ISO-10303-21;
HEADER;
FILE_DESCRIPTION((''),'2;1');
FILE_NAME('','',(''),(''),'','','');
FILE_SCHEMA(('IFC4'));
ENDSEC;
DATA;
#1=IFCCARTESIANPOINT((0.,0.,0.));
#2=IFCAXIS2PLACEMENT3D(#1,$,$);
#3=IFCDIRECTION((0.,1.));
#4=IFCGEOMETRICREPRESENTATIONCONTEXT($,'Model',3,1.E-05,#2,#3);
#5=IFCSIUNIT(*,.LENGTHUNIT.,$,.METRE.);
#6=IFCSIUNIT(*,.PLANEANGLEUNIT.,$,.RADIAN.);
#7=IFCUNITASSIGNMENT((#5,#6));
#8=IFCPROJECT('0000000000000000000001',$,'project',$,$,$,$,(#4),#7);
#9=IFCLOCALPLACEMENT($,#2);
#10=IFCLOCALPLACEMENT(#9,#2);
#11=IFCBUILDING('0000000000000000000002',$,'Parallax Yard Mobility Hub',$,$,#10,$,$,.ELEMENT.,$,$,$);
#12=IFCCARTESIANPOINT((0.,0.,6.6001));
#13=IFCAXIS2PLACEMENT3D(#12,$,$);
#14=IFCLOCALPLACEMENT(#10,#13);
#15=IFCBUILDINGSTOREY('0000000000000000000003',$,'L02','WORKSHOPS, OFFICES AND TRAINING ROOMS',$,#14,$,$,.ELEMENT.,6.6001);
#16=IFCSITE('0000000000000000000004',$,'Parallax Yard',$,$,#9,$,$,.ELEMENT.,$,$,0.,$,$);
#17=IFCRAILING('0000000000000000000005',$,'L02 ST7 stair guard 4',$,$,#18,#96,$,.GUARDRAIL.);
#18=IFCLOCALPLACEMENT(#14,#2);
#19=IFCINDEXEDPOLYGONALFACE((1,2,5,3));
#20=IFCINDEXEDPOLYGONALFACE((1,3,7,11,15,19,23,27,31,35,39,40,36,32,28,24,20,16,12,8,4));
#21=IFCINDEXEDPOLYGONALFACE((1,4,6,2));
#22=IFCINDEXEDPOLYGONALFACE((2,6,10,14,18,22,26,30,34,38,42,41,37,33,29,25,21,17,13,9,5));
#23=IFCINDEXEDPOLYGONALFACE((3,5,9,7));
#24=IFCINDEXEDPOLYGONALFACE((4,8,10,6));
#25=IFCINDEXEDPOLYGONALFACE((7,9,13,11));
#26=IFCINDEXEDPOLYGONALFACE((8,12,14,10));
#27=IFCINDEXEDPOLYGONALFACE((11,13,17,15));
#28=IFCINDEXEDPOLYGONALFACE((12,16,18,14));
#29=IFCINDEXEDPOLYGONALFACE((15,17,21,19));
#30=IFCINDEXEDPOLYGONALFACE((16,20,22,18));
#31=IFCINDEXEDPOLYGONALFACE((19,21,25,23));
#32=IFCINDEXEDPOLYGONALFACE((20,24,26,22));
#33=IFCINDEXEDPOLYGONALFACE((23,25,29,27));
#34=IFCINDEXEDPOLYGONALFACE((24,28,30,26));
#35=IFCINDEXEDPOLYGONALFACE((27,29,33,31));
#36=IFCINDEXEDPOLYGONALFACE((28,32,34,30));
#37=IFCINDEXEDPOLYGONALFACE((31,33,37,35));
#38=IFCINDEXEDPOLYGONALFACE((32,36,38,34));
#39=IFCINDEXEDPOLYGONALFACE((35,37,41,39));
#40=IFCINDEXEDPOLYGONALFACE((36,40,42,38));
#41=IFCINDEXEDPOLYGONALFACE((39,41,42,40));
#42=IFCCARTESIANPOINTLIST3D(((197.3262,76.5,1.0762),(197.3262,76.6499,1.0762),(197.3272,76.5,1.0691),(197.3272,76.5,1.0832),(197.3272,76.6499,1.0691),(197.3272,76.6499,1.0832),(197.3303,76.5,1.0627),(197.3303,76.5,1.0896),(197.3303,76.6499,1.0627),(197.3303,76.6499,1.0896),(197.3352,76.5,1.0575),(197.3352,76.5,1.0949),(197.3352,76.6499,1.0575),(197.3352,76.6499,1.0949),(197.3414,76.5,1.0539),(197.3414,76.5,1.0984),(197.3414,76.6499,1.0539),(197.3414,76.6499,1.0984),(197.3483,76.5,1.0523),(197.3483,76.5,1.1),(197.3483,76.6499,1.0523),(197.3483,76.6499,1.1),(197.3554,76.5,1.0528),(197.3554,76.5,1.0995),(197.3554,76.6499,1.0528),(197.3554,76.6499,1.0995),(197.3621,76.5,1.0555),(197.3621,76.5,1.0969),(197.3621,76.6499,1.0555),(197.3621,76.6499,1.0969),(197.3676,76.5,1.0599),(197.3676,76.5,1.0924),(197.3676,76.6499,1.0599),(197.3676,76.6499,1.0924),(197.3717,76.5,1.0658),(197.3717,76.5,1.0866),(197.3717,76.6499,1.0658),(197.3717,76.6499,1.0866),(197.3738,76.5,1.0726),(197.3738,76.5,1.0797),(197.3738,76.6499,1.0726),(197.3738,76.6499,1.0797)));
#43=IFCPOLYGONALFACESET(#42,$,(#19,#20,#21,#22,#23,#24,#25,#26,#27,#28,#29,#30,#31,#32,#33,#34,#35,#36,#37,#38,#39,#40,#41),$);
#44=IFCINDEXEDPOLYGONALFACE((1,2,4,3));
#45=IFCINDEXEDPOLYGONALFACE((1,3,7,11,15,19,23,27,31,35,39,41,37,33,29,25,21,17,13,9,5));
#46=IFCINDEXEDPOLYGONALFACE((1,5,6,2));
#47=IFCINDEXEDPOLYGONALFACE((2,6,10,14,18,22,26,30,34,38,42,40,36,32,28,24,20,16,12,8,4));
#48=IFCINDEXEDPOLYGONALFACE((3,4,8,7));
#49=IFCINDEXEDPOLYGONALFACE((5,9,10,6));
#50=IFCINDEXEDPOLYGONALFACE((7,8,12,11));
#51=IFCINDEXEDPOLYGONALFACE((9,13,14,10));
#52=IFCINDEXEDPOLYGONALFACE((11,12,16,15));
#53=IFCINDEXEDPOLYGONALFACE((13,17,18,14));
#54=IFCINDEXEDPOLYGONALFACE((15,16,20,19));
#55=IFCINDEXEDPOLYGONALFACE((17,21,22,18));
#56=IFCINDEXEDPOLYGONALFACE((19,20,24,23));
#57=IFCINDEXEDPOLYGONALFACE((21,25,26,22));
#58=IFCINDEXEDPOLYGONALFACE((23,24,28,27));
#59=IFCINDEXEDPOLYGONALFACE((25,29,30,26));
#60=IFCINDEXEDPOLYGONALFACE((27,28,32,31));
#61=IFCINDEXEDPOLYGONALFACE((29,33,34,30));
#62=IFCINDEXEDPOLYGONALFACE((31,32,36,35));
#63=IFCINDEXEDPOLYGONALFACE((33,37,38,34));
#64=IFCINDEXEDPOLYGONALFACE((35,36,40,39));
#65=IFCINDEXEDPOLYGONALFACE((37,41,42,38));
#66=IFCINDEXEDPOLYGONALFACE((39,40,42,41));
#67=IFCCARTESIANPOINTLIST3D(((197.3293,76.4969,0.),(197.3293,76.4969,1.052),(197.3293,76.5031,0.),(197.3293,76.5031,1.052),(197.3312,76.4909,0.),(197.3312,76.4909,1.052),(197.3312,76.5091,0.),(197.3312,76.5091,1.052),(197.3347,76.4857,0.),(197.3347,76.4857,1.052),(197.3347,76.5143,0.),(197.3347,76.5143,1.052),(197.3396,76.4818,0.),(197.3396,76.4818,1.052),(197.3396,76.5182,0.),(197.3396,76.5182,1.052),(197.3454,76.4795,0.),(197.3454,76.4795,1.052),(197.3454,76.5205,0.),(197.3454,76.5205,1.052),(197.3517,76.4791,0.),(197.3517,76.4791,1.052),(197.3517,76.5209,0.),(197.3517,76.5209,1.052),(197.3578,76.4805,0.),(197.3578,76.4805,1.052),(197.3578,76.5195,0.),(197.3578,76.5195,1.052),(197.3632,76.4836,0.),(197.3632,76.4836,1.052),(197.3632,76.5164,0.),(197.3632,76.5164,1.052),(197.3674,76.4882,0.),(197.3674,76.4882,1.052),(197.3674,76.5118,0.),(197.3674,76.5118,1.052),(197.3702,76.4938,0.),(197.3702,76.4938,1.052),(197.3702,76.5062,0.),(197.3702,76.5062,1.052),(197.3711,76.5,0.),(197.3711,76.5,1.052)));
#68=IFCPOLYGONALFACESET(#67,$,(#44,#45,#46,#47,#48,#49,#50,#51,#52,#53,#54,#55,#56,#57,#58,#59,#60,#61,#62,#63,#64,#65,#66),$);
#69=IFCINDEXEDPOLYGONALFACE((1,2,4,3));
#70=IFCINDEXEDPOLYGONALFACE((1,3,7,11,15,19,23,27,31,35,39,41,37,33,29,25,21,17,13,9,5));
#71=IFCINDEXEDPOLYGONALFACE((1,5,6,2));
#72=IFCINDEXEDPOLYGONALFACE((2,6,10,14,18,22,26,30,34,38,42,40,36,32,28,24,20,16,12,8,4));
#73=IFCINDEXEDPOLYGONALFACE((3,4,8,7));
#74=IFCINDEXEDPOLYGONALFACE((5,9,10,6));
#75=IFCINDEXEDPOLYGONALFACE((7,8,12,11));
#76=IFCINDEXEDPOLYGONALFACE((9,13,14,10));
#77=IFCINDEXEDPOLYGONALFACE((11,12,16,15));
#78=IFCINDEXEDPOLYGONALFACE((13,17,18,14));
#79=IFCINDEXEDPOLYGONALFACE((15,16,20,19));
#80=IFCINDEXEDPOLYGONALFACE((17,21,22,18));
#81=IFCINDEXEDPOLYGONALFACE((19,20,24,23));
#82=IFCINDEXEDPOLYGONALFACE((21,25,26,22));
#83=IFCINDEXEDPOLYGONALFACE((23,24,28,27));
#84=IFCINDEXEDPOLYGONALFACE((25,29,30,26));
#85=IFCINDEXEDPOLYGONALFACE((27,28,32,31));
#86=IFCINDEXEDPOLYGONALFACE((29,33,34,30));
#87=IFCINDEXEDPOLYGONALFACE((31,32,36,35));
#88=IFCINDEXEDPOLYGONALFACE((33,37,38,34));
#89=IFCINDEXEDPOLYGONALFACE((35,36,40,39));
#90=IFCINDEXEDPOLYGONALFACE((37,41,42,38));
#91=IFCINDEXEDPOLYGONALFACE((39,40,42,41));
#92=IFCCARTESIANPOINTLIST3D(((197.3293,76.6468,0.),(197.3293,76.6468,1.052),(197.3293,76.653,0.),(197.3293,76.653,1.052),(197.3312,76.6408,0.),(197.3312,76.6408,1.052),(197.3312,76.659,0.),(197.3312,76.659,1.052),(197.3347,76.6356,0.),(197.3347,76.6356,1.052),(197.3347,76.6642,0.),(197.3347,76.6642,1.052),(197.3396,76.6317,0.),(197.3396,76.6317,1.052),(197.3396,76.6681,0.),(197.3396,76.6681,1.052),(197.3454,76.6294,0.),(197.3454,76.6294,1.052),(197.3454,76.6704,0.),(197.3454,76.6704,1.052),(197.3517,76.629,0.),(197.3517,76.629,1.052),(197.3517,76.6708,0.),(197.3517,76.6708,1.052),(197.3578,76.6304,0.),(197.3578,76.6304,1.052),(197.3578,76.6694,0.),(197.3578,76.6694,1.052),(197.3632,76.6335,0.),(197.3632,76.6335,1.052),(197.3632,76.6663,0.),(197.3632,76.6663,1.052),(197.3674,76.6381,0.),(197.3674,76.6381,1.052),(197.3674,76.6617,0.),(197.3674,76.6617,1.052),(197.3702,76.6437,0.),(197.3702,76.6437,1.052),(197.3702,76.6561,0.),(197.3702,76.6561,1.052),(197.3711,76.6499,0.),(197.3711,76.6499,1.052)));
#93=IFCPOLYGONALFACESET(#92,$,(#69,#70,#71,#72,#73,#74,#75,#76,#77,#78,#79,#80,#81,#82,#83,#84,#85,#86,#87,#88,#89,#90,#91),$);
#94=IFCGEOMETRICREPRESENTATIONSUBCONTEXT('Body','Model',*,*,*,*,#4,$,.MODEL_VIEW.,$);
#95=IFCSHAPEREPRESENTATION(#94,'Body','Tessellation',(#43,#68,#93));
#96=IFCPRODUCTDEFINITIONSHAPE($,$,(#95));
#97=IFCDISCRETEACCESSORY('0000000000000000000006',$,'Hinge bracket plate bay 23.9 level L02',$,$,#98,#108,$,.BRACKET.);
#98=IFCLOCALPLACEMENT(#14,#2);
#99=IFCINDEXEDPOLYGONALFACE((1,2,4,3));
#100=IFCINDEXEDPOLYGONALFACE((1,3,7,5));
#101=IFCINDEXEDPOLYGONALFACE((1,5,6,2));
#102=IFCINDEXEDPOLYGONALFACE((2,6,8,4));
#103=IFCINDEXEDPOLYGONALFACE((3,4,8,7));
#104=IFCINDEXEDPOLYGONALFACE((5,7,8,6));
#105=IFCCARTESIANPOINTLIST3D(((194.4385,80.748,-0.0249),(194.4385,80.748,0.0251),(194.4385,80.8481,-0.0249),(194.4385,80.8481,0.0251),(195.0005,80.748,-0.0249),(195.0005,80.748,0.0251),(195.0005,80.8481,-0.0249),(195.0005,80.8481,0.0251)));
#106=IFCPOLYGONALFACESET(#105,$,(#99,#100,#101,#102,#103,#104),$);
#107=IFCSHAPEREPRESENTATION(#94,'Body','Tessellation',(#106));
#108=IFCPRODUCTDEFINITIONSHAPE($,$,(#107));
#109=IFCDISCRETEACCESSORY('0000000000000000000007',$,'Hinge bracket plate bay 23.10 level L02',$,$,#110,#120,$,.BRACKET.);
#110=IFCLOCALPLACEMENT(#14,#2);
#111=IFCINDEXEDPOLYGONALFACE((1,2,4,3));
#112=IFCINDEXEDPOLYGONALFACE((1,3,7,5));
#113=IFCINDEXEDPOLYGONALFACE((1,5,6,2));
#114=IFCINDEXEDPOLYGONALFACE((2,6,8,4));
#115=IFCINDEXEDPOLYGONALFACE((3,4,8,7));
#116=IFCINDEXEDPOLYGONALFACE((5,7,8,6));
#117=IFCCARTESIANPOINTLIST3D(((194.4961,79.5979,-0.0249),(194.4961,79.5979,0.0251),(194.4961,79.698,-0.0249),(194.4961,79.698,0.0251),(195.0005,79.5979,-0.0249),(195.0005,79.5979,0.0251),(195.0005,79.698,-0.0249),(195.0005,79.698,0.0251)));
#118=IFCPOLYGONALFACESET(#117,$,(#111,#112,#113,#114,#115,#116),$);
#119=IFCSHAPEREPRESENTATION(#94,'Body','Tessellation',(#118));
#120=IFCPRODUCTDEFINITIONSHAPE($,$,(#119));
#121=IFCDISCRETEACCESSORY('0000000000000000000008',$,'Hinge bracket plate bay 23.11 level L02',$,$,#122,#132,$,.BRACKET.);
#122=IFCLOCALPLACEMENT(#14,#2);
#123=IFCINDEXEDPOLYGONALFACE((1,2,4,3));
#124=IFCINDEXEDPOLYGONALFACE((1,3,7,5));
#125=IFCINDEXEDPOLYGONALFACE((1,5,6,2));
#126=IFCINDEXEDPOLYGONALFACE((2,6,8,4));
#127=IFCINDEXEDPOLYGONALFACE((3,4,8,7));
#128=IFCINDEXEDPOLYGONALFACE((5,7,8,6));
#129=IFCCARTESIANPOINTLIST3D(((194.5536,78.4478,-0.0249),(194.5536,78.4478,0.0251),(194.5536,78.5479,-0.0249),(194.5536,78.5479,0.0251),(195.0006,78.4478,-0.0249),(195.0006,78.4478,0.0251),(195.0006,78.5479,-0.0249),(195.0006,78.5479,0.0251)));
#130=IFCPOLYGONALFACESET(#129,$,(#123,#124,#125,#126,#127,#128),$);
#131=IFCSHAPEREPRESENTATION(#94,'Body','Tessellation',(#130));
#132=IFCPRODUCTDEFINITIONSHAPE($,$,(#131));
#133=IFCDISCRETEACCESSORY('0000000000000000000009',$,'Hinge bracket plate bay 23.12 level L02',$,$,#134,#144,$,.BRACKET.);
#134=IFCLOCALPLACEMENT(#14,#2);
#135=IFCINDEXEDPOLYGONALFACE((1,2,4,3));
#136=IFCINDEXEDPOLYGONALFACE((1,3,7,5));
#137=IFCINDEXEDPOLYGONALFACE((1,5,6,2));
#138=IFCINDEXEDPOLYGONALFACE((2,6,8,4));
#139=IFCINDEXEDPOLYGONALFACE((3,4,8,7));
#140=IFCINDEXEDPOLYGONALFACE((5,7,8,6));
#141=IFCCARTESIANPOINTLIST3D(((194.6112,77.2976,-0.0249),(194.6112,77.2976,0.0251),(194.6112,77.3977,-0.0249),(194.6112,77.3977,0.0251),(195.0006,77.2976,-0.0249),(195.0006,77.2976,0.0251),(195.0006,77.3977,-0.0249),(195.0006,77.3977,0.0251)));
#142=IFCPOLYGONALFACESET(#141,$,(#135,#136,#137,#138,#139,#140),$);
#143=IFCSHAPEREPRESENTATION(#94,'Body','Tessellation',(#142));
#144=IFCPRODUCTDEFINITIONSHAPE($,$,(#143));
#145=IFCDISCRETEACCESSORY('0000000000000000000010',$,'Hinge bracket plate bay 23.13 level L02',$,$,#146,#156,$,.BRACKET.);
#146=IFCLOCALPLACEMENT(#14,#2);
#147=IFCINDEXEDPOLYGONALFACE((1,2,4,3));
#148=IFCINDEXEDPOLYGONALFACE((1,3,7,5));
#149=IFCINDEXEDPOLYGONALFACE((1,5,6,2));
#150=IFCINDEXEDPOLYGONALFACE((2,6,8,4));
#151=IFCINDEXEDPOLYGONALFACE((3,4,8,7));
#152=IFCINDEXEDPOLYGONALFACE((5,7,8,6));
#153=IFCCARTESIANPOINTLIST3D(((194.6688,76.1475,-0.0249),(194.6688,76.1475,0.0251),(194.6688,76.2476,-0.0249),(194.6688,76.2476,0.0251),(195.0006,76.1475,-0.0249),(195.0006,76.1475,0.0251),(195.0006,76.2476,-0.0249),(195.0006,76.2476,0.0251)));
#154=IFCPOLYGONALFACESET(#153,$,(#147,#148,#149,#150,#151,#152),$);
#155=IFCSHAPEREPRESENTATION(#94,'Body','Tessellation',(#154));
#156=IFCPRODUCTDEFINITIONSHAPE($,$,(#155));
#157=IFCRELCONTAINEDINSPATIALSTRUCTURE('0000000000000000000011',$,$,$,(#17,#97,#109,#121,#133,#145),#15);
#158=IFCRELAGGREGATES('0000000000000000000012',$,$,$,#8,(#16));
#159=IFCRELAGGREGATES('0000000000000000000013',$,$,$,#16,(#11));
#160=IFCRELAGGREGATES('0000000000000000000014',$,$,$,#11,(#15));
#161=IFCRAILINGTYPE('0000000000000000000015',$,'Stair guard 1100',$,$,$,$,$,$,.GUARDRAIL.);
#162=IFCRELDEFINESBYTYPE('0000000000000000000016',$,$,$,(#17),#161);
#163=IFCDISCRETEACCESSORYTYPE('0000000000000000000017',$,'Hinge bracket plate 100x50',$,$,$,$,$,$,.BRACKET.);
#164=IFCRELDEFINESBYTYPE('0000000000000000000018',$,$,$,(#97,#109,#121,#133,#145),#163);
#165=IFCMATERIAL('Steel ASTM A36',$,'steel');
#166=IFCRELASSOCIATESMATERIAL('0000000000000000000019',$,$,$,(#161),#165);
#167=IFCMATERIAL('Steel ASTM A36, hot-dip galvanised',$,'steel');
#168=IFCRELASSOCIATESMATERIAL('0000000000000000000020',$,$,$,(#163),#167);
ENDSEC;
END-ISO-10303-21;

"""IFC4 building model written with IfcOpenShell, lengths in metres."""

from ifc_helpers import new_model, si_unit, direction, frame, origin, origin_2d, place, context, subcontext, project, spatial, rectangle, circle, extrude, material, type_object, element, save


model = new_model("IFC4")

# Units and contexts
model_context = context("Model", 3, precision=1e-05, world=origin(), true_north=direction((0.0, 1.0)))
body_context = subcontext(model_context, "Body", "Model", "MODEL_VIEW")
ifc_project = project(units=[si_unit("LENGTHUNIT", "METRE"), si_unit("PLANEANGLEUNIT", "RADIAN")], contexts=[model_context])

# Site, building, storey
site_placement = place(None, origin())
site = spatial("IfcSite", under=ifc_project, at=site_placement, Name="Parallax Yard", CompositionType="ELEMENT", RefElevation=0.0)
building_placement = place(site_placement, origin())
building = spatial("IfcBuilding", under=site, at=building_placement, Name="Parallax Yard Mobility Hub", CompositionType="ELEMENT")
storey_placement = place(building_placement, frame((0.0, 0.0, 6.6001)))
storey = spatial("IfcBuildingStorey", under=building, at=storey_placement, Name="L02", Description="WORKSHOPS, OFFICES AND TRAINING ROOMS", CompositionType="ELEMENT", Elevation=6.6001)

# Railing
ifc_material_1 = material(Name="Steel ASTM A36", Category="steel")
railing_type = type_object("IfcRailingType", Name="Stair guard 1100", PredefinedType="GUARDRAIL", material=ifc_material_1)
railing_1_placement = place(storey_placement, frame((197.3501, 76.5, 0.0)))
element("IfcRailing", 1, at=railing_1_placement, inside=storey, type_object=railing_type, Name="L02 ST7 stair guard 4", PredefinedType="GUARDRAIL", context=body_context, shape_type="SweptSolid", body=[
    extrude(circle(Radius=0.0239, at=origin_2d()), frame((0.0, 0.0, 1.0762), z_axis=(0.0, 1.0, 0.0), x_axis=(-1.0, 0.0, 0.0)), (0.0, 0.0, 1.0), 0.1499),
    extrude(circle(Radius=0.021, at=origin_2d()), origin(), (0.0, 0.0, 1.0), 1.052),
    extrude(circle(Radius=0.021, at=origin_2d()), frame((0.0, 0.1499, 0.0)), (0.0, 0.0, 1.0), 1.052),
])

# Discrete accessories
ifc_material_2 = material(Name="Steel ASTM A36, hot-dip galvanised", Category="steel")
discrete_accessory_type_1 = type_object("IfcDiscreteAccessoryType", Name="Hinge bracket plate 100x50", PredefinedType="BRACKET", material=ifc_material_2)
discrete_accessory_1_placement = place(storey_placement, frame((194.7195, 80.7981, -0.0249), z_axis=(0.0, 0.0, 1.0), x_axis=(-1.0, 0.0, 0.0)))
element("IfcDiscreteAccessory", 2, at=discrete_accessory_1_placement, inside=storey, type_object=discrete_accessory_type_1, Name="Hinge bracket plate bay 23.9 level L02", PredefinedType="BRACKET", context=body_context, shape_type="SweptSolid", body=[
    extrude(rectangle(XDim=0.562, YDim=0.1001, at=origin_2d()), origin(), (0.0, 0.0, 1.0), 0.05),
])
discrete_accessory_2_placement = place(storey_placement, frame((194.7483, 79.6479, -0.0249), z_axis=(0.0, 0.0, 1.0), x_axis=(-1.0, 0.0, 0.0)))
element("IfcDiscreteAccessory", 3, at=discrete_accessory_2_placement, inside=storey, type_object=discrete_accessory_type_1, Name="Hinge bracket plate bay 23.10 level L02", PredefinedType="BRACKET", context=body_context, shape_type="SweptSolid", body=[
    extrude(rectangle(XDim=0.5044, YDim=0.1001, at=origin_2d()), origin(), (0.0, 0.0, 1.0), 0.05),
])
discrete_accessory_3_placement = place(storey_placement, frame((194.7771, 78.4978, -0.0249), z_axis=(0.0, 0.0, 1.0), x_axis=(-1.0, 0.0, 0.0)))
element("IfcDiscreteAccessory", 4, at=discrete_accessory_3_placement, inside=storey, type_object=discrete_accessory_type_1, Name="Hinge bracket plate bay 23.11 level L02", PredefinedType="BRACKET", context=body_context, shape_type="SweptSolid", body=[
    extrude(rectangle(XDim=0.447, YDim=0.1001, at=origin_2d()), origin(), (0.0, 0.0, 1.0), 0.05),
])
discrete_accessory_4_placement = place(storey_placement, frame((194.8059, 77.3477, -0.0249), z_axis=(0.0, 0.0, 1.0), x_axis=(-1.0, 0.0, 0.0)))
element("IfcDiscreteAccessory", 5, at=discrete_accessory_4_placement, inside=storey, type_object=discrete_accessory_type_1, Name="Hinge bracket plate bay 23.12 level L02", PredefinedType="BRACKET", context=body_context, shape_type="SweptSolid", body=[
    extrude(rectangle(XDim=0.3894, YDim=0.1001, at=origin_2d()), origin(), (0.0, 0.0, 1.0), 0.05),
])
discrete_accessory_5_placement = place(storey_placement, frame((194.8347, 76.1975, -0.0249), z_axis=(0.0, 0.0, 1.0), x_axis=(-1.0, 0.0, 0.0)))
element("IfcDiscreteAccessory", 6, at=discrete_accessory_5_placement, inside=storey, type_object=discrete_accessory_type_1, Name="Hinge bracket plate bay 23.13 level L02", PredefinedType="BRACKET", context=body_context, shape_type="SweptSolid", body=[
    extrude(rectangle(XDim=0.3318, YDim=0.1001, at=origin_2d()), origin(), (0.0, 0.0, 1.0), 0.05),
])

save(model, "model.ifc")
